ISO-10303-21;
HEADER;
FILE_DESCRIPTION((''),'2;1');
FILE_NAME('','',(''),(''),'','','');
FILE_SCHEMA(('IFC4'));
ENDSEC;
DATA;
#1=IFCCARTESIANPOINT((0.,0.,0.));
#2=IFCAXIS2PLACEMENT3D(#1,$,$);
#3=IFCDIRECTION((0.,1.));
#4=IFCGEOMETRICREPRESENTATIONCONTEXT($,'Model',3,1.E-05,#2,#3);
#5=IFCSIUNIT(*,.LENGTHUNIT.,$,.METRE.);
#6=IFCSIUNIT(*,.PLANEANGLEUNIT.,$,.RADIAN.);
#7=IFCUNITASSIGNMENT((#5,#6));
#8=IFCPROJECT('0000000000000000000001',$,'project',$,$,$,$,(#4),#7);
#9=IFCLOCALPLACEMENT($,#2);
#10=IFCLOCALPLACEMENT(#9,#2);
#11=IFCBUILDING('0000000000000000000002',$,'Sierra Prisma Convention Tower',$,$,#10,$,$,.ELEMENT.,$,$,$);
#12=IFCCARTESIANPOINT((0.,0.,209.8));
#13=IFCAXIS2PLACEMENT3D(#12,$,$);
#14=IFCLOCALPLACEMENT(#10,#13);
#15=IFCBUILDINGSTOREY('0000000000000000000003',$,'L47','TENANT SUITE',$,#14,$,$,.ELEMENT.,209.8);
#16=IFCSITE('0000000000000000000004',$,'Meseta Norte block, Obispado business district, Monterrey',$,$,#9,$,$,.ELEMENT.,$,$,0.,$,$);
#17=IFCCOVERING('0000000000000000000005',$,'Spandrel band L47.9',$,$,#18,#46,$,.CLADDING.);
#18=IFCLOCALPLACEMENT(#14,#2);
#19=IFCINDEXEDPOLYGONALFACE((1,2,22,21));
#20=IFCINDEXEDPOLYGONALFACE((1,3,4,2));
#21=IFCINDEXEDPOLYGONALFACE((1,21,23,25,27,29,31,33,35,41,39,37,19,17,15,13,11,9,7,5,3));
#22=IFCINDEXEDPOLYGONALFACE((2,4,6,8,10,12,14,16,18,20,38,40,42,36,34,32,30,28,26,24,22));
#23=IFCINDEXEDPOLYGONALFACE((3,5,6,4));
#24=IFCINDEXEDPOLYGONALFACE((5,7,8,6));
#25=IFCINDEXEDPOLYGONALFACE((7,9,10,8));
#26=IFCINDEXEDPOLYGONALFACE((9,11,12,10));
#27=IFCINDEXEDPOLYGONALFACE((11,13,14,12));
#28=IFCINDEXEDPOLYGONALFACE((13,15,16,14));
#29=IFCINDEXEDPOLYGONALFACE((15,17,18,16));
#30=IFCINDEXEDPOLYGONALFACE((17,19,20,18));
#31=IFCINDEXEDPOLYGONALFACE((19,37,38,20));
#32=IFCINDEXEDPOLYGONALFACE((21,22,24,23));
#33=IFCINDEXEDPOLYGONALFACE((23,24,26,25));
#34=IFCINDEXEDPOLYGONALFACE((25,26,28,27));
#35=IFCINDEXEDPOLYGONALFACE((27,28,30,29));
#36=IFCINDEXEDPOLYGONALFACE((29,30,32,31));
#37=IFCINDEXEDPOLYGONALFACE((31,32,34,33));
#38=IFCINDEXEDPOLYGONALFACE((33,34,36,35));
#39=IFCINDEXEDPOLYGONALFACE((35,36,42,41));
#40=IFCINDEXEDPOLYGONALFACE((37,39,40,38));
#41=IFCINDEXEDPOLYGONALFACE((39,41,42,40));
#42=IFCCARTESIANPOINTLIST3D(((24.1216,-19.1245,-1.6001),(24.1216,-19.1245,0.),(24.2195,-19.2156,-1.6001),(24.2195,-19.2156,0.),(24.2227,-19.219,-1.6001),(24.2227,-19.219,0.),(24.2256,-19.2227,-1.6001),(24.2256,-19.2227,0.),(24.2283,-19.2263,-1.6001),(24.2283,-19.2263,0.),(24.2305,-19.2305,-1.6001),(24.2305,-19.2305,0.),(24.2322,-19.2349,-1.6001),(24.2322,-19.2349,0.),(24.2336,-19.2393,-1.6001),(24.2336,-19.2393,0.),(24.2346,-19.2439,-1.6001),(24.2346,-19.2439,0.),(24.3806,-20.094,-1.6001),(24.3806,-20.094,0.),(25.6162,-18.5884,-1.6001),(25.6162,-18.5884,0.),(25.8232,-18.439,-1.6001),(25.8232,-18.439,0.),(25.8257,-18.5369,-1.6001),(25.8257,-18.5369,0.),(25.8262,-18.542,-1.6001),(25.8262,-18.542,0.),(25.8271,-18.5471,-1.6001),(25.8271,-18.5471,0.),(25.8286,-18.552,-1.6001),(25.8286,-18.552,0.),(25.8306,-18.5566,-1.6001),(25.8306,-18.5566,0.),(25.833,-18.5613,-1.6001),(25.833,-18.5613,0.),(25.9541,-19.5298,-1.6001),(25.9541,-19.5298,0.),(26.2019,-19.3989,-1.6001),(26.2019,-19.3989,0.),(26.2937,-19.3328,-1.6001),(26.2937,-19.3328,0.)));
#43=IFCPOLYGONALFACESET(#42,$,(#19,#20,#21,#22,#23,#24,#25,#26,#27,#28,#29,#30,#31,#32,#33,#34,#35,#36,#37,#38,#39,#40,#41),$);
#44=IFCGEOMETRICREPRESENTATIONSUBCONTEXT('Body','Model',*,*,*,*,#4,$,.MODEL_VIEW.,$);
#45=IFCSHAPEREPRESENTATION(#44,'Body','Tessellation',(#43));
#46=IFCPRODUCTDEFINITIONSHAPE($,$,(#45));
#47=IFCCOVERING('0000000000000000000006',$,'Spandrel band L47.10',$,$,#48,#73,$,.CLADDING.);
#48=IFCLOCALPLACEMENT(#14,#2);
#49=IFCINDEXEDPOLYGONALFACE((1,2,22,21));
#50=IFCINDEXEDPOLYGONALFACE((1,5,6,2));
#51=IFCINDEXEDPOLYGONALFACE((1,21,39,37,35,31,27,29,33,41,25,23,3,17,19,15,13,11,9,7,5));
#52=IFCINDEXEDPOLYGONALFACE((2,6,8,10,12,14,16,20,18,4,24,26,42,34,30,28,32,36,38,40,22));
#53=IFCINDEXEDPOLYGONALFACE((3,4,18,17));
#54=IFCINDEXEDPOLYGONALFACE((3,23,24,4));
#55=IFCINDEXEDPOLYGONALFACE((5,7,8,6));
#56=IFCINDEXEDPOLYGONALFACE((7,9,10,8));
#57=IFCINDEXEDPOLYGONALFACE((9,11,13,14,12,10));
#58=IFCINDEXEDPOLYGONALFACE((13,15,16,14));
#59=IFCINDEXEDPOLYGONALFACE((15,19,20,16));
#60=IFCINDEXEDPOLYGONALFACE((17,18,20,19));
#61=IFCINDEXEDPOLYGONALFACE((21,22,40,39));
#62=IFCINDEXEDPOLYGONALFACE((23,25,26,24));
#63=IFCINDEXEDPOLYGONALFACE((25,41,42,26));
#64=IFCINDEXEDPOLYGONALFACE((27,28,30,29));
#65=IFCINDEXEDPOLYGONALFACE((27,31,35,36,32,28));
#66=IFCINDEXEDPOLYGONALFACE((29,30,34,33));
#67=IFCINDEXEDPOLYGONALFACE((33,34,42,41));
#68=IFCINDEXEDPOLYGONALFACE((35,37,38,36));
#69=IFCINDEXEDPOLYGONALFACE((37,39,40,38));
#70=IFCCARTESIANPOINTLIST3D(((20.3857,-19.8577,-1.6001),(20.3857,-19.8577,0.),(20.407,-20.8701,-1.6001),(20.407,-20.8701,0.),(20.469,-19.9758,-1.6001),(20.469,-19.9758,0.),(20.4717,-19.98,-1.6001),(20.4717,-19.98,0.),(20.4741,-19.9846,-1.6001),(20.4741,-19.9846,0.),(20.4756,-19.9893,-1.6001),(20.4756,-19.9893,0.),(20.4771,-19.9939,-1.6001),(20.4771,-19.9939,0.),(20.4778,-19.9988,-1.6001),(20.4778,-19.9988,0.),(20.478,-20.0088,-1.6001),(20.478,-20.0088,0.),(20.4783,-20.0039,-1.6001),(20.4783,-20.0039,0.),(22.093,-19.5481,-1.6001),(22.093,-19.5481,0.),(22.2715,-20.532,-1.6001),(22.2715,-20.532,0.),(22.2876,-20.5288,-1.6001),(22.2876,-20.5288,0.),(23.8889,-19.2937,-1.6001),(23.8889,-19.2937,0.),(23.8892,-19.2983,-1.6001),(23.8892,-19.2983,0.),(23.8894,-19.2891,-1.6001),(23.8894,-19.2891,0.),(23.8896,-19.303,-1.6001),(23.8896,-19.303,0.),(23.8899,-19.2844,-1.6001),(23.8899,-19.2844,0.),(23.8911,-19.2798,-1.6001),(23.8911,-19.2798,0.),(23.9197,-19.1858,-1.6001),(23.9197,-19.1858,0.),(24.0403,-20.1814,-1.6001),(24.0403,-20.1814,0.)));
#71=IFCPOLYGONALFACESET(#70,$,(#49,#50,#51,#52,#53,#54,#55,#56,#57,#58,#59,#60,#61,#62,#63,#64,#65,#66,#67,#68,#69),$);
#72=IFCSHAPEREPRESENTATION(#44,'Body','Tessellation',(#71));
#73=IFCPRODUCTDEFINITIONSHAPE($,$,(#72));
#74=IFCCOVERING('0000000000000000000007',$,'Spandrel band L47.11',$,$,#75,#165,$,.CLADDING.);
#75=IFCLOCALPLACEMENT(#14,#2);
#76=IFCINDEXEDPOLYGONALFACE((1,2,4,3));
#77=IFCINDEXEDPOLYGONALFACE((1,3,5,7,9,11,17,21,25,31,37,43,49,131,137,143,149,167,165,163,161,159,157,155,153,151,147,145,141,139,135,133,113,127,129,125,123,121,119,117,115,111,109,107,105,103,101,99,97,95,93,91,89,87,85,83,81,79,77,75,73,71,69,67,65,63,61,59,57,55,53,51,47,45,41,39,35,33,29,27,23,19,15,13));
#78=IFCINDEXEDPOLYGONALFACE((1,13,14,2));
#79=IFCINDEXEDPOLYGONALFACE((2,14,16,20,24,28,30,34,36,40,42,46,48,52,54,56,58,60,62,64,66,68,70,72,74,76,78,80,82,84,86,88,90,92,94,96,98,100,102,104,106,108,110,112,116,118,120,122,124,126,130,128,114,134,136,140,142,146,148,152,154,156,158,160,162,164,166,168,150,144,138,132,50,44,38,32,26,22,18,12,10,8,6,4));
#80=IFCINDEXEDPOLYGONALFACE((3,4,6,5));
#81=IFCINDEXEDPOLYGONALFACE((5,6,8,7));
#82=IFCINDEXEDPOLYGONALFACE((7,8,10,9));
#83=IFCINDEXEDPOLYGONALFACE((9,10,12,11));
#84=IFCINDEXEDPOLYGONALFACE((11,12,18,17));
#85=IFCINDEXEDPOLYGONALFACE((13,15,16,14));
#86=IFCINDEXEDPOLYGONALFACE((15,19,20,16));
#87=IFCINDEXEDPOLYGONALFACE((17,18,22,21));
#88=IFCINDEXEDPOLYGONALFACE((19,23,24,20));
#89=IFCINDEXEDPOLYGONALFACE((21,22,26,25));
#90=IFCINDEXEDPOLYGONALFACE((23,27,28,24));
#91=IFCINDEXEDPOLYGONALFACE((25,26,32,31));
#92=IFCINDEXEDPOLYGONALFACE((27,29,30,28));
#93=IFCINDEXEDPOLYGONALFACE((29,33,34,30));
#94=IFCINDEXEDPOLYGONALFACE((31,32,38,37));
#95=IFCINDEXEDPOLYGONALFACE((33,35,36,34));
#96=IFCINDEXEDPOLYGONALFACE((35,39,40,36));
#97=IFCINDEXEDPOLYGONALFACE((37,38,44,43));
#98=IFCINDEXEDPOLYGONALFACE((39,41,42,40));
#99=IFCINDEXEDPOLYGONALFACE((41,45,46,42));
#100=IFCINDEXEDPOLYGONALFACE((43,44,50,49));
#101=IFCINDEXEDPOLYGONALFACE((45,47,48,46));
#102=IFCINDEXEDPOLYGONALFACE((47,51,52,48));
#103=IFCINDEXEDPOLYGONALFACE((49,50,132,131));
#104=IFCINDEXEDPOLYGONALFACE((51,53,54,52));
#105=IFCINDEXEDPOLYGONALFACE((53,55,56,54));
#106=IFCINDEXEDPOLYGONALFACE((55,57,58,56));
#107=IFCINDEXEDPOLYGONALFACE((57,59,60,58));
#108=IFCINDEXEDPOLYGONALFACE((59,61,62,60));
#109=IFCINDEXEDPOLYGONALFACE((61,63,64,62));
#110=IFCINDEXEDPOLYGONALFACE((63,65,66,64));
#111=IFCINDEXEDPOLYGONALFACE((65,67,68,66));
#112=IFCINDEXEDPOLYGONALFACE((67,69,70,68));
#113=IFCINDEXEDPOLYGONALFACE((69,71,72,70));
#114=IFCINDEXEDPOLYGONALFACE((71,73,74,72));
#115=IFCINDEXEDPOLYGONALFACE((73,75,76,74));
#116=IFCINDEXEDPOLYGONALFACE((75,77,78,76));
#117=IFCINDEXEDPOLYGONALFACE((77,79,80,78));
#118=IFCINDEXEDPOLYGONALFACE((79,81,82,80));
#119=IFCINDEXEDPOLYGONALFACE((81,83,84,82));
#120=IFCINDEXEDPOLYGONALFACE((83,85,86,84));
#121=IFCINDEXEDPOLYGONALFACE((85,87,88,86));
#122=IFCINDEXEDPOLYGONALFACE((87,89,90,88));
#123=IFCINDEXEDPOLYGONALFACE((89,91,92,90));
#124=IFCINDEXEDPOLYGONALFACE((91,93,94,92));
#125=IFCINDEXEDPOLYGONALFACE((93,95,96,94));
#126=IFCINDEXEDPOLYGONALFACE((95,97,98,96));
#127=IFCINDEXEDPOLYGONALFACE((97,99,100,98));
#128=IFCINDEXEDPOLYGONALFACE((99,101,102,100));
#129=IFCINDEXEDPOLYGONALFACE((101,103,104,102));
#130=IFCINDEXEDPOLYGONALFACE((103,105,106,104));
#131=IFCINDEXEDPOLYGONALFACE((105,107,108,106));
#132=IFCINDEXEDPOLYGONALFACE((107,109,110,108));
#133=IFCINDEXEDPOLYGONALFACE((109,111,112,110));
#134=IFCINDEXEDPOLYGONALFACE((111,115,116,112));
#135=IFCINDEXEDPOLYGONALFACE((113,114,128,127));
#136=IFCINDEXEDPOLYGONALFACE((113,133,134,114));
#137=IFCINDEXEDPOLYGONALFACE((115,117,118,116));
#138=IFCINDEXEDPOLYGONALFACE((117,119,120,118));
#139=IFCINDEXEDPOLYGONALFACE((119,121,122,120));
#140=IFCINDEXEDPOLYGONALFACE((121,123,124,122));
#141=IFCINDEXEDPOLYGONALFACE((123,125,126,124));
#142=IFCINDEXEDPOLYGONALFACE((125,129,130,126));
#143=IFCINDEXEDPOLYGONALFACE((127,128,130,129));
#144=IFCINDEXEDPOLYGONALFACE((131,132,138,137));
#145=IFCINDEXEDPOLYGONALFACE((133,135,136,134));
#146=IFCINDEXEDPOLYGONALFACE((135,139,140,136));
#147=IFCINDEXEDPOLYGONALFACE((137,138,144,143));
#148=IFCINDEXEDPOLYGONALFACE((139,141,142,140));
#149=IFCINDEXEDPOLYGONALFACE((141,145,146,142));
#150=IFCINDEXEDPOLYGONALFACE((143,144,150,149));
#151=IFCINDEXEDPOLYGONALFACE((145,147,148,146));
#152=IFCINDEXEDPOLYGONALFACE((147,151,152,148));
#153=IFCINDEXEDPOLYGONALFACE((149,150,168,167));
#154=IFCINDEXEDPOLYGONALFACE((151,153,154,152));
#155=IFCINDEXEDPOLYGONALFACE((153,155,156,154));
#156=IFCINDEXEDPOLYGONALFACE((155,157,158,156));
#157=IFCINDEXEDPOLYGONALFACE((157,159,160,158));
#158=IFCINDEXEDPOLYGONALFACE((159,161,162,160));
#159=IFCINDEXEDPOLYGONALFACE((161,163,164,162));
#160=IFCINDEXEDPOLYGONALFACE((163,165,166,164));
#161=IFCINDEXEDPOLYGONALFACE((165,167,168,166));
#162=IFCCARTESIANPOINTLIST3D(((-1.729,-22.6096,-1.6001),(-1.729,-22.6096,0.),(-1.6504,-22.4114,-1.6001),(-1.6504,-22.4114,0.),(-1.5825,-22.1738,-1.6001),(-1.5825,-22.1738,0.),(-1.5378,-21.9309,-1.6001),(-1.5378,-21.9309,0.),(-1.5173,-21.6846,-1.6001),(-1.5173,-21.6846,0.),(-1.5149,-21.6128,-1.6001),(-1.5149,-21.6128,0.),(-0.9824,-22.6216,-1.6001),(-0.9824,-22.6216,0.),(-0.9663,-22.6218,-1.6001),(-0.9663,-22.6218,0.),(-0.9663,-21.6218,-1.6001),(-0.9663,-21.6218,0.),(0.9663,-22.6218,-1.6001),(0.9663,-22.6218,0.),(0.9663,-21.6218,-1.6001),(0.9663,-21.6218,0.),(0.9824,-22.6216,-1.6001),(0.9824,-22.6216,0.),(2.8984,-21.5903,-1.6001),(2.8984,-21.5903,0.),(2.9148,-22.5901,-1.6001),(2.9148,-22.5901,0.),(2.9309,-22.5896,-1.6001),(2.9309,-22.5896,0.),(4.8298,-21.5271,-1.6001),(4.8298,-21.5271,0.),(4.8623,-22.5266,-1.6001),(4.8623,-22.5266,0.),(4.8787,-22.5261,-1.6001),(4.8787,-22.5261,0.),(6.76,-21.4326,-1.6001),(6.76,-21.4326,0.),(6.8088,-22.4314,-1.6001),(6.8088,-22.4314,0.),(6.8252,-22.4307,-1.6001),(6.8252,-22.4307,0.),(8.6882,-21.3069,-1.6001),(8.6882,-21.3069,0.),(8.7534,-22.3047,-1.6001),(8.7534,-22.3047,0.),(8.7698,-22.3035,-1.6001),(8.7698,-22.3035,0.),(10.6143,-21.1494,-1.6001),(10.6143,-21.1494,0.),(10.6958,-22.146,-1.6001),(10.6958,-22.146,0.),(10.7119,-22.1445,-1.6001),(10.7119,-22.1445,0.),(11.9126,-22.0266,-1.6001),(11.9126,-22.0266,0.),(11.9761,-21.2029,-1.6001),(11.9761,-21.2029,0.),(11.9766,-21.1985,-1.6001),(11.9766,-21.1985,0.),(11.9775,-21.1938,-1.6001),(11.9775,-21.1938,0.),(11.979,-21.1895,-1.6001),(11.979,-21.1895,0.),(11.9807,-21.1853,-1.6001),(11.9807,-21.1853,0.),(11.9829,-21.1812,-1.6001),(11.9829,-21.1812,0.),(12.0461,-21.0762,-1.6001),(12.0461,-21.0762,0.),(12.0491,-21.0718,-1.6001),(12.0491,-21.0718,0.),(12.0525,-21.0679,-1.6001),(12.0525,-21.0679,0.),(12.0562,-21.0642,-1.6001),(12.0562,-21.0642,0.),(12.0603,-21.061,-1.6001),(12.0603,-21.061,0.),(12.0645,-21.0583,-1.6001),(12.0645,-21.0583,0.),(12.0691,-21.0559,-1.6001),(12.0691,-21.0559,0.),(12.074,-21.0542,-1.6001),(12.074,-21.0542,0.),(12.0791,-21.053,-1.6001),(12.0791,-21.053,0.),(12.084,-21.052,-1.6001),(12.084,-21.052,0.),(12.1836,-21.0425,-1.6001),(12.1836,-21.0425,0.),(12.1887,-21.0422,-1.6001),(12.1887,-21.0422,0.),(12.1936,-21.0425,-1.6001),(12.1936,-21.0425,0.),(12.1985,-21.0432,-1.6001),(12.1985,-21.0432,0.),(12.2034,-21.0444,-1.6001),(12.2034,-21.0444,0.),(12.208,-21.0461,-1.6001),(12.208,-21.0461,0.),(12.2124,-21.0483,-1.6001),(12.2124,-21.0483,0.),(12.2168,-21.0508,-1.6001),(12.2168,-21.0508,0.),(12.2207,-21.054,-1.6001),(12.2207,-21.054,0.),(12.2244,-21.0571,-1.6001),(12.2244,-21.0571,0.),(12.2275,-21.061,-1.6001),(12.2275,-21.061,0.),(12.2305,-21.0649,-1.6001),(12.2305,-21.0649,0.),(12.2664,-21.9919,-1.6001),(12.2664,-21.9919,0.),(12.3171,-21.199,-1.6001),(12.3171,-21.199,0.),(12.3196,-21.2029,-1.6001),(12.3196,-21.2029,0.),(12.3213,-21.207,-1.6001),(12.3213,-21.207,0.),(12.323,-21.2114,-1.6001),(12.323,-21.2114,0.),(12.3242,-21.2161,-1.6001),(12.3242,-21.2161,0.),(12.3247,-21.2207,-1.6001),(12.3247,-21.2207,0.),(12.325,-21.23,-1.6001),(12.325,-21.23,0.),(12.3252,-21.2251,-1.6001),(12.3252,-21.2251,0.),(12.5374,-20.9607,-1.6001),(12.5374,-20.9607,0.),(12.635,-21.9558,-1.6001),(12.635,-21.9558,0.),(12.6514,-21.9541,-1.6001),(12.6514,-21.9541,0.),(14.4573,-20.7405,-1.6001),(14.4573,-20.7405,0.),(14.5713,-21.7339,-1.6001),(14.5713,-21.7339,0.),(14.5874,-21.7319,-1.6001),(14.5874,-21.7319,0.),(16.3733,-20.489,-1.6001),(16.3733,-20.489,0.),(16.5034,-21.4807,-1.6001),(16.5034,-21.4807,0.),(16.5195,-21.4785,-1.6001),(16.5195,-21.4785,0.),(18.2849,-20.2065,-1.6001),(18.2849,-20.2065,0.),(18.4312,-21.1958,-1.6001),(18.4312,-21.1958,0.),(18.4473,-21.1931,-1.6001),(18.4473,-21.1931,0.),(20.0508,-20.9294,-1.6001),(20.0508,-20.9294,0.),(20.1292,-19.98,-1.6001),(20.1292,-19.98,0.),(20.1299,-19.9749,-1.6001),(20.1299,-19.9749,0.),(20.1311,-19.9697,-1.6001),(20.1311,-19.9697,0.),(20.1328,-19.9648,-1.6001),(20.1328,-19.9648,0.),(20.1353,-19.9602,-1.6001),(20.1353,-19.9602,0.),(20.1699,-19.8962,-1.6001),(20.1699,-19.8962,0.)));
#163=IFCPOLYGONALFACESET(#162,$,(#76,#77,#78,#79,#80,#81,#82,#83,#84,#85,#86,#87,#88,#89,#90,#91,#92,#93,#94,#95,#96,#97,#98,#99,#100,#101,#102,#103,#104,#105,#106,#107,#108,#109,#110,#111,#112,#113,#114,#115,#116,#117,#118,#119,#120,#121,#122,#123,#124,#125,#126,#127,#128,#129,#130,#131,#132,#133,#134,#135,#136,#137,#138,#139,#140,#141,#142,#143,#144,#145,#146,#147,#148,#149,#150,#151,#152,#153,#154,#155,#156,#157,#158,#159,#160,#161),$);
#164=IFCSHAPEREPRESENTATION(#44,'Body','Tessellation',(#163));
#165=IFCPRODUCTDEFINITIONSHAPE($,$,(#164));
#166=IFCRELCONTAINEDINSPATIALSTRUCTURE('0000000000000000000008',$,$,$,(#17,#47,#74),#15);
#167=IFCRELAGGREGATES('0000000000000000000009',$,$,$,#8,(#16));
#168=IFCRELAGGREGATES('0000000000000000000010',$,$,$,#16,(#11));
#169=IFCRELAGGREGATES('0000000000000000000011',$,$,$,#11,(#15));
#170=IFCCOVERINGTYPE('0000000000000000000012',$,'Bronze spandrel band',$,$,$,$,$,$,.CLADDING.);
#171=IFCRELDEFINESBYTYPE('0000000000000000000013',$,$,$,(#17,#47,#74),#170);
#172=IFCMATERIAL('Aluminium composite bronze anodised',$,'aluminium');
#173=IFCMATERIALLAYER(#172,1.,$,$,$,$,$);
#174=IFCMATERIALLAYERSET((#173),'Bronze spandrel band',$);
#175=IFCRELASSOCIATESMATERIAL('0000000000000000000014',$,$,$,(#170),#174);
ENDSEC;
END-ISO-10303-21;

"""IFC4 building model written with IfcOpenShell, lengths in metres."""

from ifc_helpers import new_model, si_unit, direction, frame, origin, place, context, subcontext, project, spatial, polyline, outline, extrude, material, layer, layer_set, type_object, element, save


model = new_model("IFC4")

# Units and contexts
model_context = context("Model", 3, precision=1e-05, world=origin(), true_north=direction((0.0, 1.0)))
body_context = subcontext(model_context, "Body", "Model", "MODEL_VIEW")
ifc_project = project(units=[si_unit("LENGTHUNIT", "METRE"), si_unit("PLANEANGLEUNIT", "RADIAN")], contexts=[model_context])

# Site, building, storey
site_placement = place(None, origin())
site = spatial("IfcSite", under=ifc_project, at=site_placement, Name="Meseta Norte block, Obispado business district, Monterrey", CompositionType="ELEMENT", RefElevation=0.0)
building_placement = place(site_placement, origin())
building = spatial("IfcBuilding", under=site, at=building_placement, Name="Sierra Prisma Convention Tower", CompositionType="ELEMENT")
storey_placement = place(building_placement, frame((0.0, 0.0, 209.8)))
storey = spatial("IfcBuildingStorey", under=building, at=storey_placement, Name="L47", Description="TENANT SUITE", CompositionType="ELEMENT", Elevation=209.8)

# Coverings
ifc_material_1 = material(Name="Aluminium composite bronze anodised", Category="aluminium")
ifc_layer_1 = layer(ifc_material_1, 1.0)
ifc_layer_set_1 = layer_set([ifc_layer_1], Name="Bronze spandrel band")
covering_type_1 = type_object("IfcCoveringType", Name="Bronze spandrel band", PredefinedType="CLADDING", material=ifc_layer_set_1)
covering_1_placement = place(storey_placement, frame((0.0, 0.0, -1.6001)))
element("IfcCovering", 1, at=covering_1_placement, inside=storey, type_object=covering_type_1, Name="Spandrel band L47.9", PredefinedType="CLADDING", context=body_context, shape_type="SweptSolid", body=[
    extrude(outline(polyline([(25.8262, -18.542), (25.8271, -18.5471), (25.8286, -18.552), (25.8306, -18.5566), (25.833, -18.5613), (26.2937, -19.3328), (26.2019, -19.3989), (25.9541, -19.5298), (24.3806, -20.094), (24.2346, -19.2439), (24.2336, -19.2393), (24.2322, -19.2349), (24.2305, -19.2305), (24.2283, -19.2263), (24.2256, -19.2227), (24.2227, -19.219), (24.2195, -19.2156), (24.1216, -19.1245), (25.6162, -18.5884), (25.8232, -18.439), (25.8257, -18.5369), (25.8262, -18.542)])), origin(), (0.0, 0.0, 1.0), 1.6001),
])
covering_2_placement = place(storey_placement, frame((0.0, 0.0, -1.6001)))
element("IfcCovering", 2, at=covering_2_placement, inside=storey, type_object=covering_type_1, Name="Spandrel band L47.10", PredefinedType="CLADDING", context=body_context, shape_type="SweptSolid", body=[
    extrude(outline(polyline([(23.8894, -19.2891), (23.8889, -19.2937), (23.8892, -19.2983), (23.8896, -19.303), (24.0403, -20.1814), (22.2876, -20.5288), (22.2715, -20.532), (20.407, -20.8701), (20.478, -20.0088), (20.4783, -20.0039), (20.4778, -19.9988), (20.4771, -19.9939), (20.4756, -19.9893), (20.4741, -19.9846), (20.4717, -19.98), (20.469, -19.9758), (20.3857, -19.8577), (22.093, -19.5481), (23.9197, -19.1858), (23.8911, -19.2798), (23.8899, -19.2844), (23.8894, -19.2891)])), origin(), (0.0, 0.0, 1.0), 1.6001),
])
covering_3_placement = place(storey_placement, frame((0.0, 0.0, -1.6001)))
element("IfcCovering", 3, at=covering_3_placement, inside=storey, type_object=covering_type_1, Name="Spandrel band L47.11", PredefinedType="CLADDING", context=body_context, shape_type="SweptSolid", body=[
    extrude(outline(polyline([(12.2305, -21.0649), (12.2275, -21.061), (12.2244, -21.0571), (12.2207, -21.054), (12.2168, -21.0508), (12.2124, -21.0483), (12.208, -21.0461), (12.2034, -21.0444), (12.1985, -21.0432), (12.1936, -21.0425), (12.1887, -21.0422), (12.1836, -21.0425), (12.084, -21.052), (12.0791, -21.053), (12.074, -21.0542), (12.0691, -21.0559), (12.0645, -21.0583), (12.0603, -21.061), (12.0562, -21.0642), (12.0525, -21.0679), (12.0491, -21.0718), (12.0461, -21.0762), (11.9829, -21.1812), (11.9807, -21.1853), (11.979, -21.1895), (11.9775, -21.1938), (11.9766, -21.1985), (11.9761, -21.2029), (11.9126, -22.0266), (10.7119, -22.1445), (10.6958, -22.146), (8.7698, -22.3035), (8.7534, -22.3047), (6.8252, -22.4307), (6.8088, -22.4314), (4.8787, -22.5261), (4.8623, -22.5266), (2.9309, -22.5896), (2.9148, -22.5901), (0.9824, -22.6216), (0.9663, -22.6218), (-0.9663, -22.6218), (-0.9824, -22.6216), (-1.729, -22.6096), (-1.6504, -22.4114), (-1.5825, -22.1738), (-1.5378, -21.9309), (-1.5173, -21.6846), (-1.5149, -21.6128), (-0.9663, -21.6218), (0.9663, -21.6218), (2.8984, -21.5903), (4.8298, -21.5271), (6.76, -21.4326), (8.6882, -21.3069), (10.6143, -21.1494), (12.5374, -20.9607), (14.4573, -20.7405), (16.3733, -20.489), (18.2849, -20.2065), (20.1699, -19.8962), (20.1353, -19.9602), (20.1328, -19.9648), (20.1311, -19.9697), (20.1299, -19.9749), (20.1292, -19.98), (20.0508, -20.9294), (18.4473, -21.1931), (18.4312, -21.1958), (16.5195, -21.4785), (16.5034, -21.4807), (14.5874, -21.7319), (14.5713, -21.7339), (12.6514, -21.9541), (12.635, -21.9558), (12.2664, -21.9919), (12.325, -21.23), (12.3252, -21.2251), (12.3247, -21.2207), (12.3242, -21.2161), (12.323, -21.2114), (12.3213, -21.207), (12.3196, -21.2029), (12.3171, -21.199), (12.2305, -21.0649)])), origin(), (0.0, 0.0, 1.0), 1.6001),
])

save(model, "model.ifc")
